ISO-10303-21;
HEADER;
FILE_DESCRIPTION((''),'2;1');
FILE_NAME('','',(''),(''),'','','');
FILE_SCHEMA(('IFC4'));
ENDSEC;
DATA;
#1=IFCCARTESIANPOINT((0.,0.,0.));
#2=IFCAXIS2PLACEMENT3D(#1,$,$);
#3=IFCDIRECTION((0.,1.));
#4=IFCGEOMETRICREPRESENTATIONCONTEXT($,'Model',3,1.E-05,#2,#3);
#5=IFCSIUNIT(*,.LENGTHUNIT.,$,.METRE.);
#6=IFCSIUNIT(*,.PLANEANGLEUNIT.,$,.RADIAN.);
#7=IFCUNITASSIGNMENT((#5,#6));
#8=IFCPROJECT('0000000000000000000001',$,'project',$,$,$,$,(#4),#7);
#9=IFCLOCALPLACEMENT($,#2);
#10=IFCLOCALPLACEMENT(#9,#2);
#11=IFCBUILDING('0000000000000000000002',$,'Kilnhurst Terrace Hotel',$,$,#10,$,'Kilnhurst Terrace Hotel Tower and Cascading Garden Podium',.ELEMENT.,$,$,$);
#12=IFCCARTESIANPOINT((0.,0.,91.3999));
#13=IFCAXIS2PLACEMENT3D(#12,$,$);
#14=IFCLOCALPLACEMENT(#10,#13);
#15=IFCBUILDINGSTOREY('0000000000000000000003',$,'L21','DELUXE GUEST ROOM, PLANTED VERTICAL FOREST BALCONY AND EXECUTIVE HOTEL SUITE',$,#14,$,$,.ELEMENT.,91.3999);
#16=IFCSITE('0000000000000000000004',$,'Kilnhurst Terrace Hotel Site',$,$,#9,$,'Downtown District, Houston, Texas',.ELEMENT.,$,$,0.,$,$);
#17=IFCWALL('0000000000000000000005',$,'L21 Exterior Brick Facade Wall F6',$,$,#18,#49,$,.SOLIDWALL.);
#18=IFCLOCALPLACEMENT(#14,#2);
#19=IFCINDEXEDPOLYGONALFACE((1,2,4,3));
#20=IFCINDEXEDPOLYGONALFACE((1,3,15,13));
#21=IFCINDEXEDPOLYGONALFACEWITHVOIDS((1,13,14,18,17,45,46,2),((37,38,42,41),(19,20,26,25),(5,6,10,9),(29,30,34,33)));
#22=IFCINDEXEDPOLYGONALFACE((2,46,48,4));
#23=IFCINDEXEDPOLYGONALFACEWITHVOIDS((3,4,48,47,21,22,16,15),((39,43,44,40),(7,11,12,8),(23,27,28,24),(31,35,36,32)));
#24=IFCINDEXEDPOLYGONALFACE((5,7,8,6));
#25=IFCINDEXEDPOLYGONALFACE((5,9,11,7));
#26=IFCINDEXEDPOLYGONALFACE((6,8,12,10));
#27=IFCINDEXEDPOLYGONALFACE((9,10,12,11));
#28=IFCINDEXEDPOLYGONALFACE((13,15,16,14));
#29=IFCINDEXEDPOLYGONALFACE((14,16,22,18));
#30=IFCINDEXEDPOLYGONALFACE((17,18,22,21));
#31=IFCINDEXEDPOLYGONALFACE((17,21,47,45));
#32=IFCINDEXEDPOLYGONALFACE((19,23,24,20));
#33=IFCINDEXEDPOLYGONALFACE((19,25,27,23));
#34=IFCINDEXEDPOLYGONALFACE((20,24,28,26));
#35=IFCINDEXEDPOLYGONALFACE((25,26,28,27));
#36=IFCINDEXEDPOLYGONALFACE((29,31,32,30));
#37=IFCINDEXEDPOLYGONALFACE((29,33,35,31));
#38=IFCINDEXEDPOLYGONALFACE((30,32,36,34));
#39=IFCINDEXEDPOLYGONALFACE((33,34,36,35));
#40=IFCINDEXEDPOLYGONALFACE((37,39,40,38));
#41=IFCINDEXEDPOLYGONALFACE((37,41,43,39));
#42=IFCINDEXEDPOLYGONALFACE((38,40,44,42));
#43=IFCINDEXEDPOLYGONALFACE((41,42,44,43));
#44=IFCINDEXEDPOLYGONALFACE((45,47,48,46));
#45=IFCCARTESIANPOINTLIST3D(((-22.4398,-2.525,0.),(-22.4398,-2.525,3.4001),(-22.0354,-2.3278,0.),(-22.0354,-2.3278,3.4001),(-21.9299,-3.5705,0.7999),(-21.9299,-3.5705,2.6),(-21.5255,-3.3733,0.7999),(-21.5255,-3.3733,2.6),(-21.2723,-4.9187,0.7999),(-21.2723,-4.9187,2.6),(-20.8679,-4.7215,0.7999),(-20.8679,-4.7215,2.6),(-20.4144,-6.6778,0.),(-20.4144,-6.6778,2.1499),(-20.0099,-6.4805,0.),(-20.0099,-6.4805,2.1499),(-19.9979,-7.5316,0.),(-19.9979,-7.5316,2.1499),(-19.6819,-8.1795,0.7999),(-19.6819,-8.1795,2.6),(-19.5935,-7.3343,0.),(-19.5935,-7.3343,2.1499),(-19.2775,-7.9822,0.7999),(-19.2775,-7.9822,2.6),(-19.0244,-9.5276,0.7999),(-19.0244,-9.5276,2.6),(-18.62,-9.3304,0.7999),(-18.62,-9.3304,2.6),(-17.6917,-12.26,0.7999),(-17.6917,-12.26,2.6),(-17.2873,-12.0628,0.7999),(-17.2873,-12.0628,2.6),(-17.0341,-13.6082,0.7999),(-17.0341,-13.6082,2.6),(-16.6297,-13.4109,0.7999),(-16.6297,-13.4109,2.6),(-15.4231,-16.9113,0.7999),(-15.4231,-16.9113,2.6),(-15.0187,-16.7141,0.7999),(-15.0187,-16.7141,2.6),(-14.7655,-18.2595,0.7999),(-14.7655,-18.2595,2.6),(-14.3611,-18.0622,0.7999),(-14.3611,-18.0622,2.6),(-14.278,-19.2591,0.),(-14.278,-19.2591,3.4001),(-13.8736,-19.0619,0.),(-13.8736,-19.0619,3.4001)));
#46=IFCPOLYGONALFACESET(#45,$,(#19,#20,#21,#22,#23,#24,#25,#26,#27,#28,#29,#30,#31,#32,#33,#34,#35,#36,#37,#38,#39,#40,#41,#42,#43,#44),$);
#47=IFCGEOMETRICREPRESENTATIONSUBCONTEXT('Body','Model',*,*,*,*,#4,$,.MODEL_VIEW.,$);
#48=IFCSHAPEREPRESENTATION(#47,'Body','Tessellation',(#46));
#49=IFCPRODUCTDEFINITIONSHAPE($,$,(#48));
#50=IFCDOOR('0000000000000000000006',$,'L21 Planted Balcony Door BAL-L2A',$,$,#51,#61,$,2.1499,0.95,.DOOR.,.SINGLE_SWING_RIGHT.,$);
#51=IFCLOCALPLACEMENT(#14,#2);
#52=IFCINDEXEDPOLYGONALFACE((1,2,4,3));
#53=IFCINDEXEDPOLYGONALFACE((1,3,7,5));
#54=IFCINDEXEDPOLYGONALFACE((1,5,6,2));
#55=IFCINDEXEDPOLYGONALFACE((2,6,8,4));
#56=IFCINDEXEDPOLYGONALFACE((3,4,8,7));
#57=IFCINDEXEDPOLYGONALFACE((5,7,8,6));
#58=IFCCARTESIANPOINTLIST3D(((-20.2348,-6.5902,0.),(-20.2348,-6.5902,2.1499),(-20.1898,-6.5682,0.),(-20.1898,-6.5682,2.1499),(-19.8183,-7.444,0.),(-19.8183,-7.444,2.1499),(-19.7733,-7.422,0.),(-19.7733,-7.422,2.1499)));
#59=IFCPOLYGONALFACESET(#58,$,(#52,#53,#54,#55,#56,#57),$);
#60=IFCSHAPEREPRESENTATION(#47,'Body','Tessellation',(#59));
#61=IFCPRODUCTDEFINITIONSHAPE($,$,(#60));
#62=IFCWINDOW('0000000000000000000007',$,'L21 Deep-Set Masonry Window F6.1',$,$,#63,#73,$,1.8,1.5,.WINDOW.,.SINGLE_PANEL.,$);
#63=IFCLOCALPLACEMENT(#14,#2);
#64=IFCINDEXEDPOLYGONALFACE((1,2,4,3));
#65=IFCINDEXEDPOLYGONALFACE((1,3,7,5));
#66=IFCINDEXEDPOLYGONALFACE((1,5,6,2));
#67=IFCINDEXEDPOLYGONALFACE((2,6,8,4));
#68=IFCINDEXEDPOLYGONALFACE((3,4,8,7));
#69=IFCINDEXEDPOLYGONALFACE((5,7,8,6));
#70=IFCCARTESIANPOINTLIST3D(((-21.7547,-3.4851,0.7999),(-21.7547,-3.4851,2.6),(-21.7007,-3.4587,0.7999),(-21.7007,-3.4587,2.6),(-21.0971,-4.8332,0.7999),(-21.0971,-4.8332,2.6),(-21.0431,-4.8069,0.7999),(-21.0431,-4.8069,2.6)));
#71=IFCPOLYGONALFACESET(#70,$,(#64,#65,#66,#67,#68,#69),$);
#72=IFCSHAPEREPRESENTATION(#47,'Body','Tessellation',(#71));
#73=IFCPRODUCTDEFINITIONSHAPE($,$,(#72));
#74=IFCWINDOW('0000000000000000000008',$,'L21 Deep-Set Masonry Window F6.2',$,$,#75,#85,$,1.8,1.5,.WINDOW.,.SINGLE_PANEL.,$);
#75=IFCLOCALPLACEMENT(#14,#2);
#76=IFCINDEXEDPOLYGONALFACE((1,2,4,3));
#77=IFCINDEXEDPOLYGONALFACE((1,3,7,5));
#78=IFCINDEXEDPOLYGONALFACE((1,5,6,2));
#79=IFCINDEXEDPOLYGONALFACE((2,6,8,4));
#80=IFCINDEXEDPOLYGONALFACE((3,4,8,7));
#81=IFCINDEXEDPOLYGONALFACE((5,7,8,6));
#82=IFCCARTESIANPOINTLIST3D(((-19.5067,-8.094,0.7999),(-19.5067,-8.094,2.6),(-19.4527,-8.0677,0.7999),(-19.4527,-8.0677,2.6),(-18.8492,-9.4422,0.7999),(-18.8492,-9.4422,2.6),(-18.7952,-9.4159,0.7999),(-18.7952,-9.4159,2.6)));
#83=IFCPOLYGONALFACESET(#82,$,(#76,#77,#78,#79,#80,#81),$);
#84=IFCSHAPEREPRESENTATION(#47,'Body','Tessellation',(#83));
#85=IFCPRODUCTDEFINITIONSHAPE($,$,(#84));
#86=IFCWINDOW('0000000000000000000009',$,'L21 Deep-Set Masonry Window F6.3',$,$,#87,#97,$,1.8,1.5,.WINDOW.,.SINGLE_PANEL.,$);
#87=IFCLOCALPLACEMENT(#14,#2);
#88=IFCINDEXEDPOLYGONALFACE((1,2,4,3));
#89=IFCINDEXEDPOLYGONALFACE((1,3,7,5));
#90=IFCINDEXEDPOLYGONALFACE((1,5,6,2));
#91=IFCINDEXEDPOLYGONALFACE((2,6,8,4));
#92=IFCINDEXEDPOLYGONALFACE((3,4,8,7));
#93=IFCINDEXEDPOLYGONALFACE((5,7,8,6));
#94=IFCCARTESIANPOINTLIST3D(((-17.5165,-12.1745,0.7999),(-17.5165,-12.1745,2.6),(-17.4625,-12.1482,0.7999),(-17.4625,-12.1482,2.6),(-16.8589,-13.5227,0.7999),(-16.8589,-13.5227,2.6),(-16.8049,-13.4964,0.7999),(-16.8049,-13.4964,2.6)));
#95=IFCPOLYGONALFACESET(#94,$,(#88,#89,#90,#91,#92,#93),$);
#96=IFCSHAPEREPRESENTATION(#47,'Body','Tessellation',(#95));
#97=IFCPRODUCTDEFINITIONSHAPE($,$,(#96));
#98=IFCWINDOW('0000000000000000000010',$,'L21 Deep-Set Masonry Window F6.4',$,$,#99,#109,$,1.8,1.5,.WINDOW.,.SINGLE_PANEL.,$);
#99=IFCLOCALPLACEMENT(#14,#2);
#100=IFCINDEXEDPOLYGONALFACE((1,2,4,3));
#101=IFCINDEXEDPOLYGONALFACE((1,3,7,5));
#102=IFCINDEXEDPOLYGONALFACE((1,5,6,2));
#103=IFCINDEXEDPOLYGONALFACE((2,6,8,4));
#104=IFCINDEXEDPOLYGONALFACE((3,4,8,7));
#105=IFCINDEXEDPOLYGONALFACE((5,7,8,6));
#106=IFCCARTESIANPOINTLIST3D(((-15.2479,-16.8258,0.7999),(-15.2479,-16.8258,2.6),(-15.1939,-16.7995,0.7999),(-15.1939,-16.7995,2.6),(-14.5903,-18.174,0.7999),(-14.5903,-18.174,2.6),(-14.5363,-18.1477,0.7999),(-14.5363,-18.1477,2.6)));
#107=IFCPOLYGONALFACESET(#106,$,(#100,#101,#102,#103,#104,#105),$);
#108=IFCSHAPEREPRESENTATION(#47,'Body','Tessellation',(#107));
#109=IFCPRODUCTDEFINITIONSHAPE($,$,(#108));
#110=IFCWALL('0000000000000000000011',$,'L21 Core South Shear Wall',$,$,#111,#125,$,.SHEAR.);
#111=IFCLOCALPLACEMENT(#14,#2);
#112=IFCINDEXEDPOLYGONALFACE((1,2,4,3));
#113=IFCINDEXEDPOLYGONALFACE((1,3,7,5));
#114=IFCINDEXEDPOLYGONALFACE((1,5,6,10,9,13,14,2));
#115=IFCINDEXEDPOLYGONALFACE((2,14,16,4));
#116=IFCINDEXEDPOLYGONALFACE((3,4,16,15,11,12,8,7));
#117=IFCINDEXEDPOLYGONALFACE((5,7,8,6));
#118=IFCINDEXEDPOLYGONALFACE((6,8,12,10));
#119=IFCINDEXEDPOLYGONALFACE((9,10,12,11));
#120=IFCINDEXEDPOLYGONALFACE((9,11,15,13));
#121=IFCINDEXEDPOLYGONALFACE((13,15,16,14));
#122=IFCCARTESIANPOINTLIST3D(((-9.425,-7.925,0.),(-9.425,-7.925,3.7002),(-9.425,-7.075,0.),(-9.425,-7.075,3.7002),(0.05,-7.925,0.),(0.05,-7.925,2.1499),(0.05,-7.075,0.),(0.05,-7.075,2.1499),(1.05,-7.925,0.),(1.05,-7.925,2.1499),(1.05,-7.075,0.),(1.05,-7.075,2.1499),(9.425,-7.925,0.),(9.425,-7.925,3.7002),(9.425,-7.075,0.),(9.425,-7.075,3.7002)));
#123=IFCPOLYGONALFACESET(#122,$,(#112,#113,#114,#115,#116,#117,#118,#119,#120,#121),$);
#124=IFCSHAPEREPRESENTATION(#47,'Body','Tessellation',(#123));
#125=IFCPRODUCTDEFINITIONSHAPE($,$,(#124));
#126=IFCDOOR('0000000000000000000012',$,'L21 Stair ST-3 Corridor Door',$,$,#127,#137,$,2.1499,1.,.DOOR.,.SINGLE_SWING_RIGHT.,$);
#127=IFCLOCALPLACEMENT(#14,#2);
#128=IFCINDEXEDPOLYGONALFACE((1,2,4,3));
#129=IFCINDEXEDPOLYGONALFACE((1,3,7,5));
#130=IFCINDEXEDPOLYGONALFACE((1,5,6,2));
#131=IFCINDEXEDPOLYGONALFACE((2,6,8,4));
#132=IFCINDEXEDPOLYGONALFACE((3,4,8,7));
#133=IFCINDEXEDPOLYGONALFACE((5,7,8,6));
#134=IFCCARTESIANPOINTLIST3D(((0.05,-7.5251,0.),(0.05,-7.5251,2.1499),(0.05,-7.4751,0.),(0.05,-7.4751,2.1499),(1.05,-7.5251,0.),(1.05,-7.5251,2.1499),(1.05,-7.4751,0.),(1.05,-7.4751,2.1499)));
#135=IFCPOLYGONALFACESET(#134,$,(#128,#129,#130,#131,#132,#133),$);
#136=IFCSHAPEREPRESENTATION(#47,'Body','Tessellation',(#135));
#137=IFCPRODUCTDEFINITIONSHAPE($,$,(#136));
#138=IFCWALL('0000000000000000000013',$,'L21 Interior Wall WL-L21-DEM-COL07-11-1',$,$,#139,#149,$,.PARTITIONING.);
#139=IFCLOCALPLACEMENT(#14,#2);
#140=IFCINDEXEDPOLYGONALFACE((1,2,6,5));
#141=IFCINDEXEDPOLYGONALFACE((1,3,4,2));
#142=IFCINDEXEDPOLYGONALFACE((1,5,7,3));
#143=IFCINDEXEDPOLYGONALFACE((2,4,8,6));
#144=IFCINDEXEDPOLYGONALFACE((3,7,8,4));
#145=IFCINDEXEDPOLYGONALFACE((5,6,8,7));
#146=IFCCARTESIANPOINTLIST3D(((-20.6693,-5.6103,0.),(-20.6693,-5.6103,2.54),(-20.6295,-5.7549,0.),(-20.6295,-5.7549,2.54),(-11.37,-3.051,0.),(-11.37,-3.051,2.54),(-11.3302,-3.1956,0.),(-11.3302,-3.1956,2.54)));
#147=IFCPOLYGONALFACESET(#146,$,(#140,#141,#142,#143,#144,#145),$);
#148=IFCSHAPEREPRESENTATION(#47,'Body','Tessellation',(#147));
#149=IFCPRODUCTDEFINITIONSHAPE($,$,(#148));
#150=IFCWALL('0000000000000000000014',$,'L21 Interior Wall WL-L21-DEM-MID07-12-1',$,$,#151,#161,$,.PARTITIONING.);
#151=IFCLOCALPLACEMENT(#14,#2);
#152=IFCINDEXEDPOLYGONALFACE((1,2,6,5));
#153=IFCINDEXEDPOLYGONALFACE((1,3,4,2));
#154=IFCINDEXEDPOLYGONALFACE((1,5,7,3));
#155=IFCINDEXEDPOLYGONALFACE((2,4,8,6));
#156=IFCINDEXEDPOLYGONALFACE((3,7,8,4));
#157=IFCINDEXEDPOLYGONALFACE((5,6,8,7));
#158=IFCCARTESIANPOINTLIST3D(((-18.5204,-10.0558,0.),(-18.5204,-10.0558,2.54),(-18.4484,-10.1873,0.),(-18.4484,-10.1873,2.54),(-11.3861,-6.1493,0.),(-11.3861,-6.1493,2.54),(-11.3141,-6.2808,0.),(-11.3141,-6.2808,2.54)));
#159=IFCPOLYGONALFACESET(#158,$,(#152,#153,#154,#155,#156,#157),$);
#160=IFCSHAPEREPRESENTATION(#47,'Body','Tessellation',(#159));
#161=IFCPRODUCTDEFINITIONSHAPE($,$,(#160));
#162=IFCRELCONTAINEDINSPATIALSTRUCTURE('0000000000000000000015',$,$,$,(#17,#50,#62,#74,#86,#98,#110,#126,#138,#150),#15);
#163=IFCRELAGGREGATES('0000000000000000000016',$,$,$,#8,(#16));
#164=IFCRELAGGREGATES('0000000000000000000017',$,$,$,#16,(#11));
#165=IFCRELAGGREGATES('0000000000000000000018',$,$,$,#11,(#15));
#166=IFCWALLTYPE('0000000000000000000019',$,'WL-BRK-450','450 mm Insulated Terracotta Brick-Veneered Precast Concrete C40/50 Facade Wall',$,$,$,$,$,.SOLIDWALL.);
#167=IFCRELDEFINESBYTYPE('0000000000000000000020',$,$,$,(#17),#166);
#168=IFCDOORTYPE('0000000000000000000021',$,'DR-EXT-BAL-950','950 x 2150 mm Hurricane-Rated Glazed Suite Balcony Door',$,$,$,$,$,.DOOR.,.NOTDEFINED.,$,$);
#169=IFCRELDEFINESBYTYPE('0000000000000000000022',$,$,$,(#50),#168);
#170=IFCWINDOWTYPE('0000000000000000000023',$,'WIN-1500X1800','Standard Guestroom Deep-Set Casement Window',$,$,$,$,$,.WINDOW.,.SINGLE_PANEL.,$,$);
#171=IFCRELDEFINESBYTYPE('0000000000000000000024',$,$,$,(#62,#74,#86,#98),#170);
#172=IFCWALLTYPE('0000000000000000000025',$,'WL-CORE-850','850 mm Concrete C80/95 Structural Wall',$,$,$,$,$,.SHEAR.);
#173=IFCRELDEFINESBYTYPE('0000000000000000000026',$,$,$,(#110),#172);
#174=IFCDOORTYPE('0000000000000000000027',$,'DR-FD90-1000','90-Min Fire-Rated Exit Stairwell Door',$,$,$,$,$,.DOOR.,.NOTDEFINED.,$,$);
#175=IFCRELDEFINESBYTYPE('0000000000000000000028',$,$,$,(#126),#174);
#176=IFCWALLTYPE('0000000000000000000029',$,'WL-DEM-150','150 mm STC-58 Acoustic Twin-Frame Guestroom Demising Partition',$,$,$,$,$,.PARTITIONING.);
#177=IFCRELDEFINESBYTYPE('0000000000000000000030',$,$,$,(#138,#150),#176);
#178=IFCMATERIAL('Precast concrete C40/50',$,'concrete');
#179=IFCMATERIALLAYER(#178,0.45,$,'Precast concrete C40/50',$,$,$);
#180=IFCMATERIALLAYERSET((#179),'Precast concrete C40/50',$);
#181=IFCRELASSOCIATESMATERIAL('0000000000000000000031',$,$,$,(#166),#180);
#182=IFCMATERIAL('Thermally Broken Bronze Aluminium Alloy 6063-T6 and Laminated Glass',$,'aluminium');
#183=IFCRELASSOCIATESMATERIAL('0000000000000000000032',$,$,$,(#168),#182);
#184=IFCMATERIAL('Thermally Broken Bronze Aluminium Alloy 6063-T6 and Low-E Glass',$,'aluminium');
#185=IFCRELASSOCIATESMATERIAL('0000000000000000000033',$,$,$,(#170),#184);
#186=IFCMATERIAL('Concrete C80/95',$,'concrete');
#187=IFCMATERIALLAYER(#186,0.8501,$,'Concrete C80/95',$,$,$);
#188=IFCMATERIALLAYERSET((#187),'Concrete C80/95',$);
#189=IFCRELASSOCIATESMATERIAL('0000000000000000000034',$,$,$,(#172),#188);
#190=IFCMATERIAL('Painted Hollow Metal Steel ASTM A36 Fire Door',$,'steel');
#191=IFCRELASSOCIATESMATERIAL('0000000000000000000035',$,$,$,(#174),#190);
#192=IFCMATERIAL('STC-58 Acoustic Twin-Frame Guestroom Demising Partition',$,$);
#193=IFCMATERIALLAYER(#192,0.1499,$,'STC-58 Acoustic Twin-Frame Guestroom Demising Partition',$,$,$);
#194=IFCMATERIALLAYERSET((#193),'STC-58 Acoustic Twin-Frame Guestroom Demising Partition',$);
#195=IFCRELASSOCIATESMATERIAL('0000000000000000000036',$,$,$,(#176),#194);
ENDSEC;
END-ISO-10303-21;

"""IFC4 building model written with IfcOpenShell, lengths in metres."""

from ifc_helpers import new_model, si_unit, direction, frame, frame_2d, origin, place, context, subcontext, project, spatial, rectangle, extrude, material, layer, layer_set, type_object, element, fill, save


model = new_model("IFC4")

# Units and contexts
model_context = context("Model", 3, precision=1e-05, world=origin(), true_north=direction((0.0, 1.0)))
body_context = subcontext(model_context, "Body", "Model", "MODEL_VIEW")
ifc_project = project(units=[si_unit("LENGTHUNIT", "METRE"), si_unit("PLANEANGLEUNIT", "RADIAN")], contexts=[model_context])

# Site, building, storey
site_placement = place(None, origin())
site = spatial("IfcSite", under=ifc_project, at=site_placement, Name="Kilnhurst Terrace Hotel Site", LongName="Downtown District, Houston, Texas", CompositionType="ELEMENT", RefElevation=0.0)
building_placement = place(site_placement, origin())
building = spatial("IfcBuilding", under=site, at=building_placement, Name="Kilnhurst Terrace Hotel", LongName="Kilnhurst Terrace Hotel Tower and Cascading Garden Podium", CompositionType="ELEMENT")
storey_placement = place(building_placement, frame((0.0, 0.0, 91.3999)))
storey = spatial("IfcBuildingStorey", under=building, at=storey_placement, Name="L21", Description="DELUXE GUEST ROOM, PLANTED VERTICAL FOREST BALCONY AND EXECUTIVE HOTEL SUITE", CompositionType="ELEMENT", Elevation=91.3999)

# Shared definitions
ifc_material_1 = material(Name="Concrete C80/95", Category="concrete")

# Shared definitions
ifc_material_2 = material(Name="Precast concrete C40/50", Category="concrete")
ifc_layer_1 = layer(ifc_material_2, 0.45, Name="Precast concrete C40/50")
ifc_layer_set_1 = layer_set([ifc_layer_1], Name="Precast concrete C40/50")
wall_type_1 = type_object("IfcWallType", Name="WL-BRK-450", Description="450 mm Insulated Terracotta Brick-Veneered Precast Concrete C40/50 Facade Wall", PredefinedType="SOLIDWALL", material=ifc_layer_set_1)

# Wall, openings, door, windows
wall_1_placement = place(storey_placement, frame((-22.2375, -2.4265, 0.0), z_axis=(0.0, 0.0, 1.0), x_axis=(0.438375, -0.898792, 0.0)))
wall_1 = element("IfcWall", 1, at=wall_1_placement, inside=storey, type_object=wall_type_1, Name="L21 Exterior Brick Facade Wall F6", PredefinedType="SOLIDWALL", context=body_context, shape_type="SweptSolid", body=[
    extrude(rectangle(XDim=18.6184, YDim=0.45, at=frame_2d((9.3091, 0.0))), origin(), (0.0, 0.0, 1.0), 3.4001),
])
opening_1_placement = place(wall_1_placement, frame((4.6201, 0.0, 0.0)))
opening_1 = element("IfcOpeningElement", 2, at=opening_1_placement, cuts=wall_1, PredefinedType="OPENING", context=body_context, shape_type="SweptSolid", body=[
    extrude(rectangle(XDim=0.95, YDim=2.1499, at=frame_2d((0.4751, 1.075))), frame((0.0, 0.2349, 0.0), z_axis=(0.0, -1.0, 0.0), x_axis=(1.0, 0.0, 0.0)), (0.0, 0.0, 1.0), 0.47),
])
opening_2_placement = place(wall_1_placement, frame((1.1631, 0.0, 0.8)))
opening_2 = element("IfcOpeningElement", 3, at=opening_2_placement, cuts=wall_1, PredefinedType="OPENING", context=body_context, shape_type="SweptSolid", body=[
    extrude(rectangle(XDim=1.5, YDim=1.8, at=frame_2d((0.75, 0.8999))), frame((0.0, 0.2349, 0.0), z_axis=(0.0, -1.0, 0.0), x_axis=(1.0, 0.0, 0.0)), (0.0, 0.0, 1.0), 0.47),
])
opening_3_placement = place(wall_1_placement, frame((6.291, 0.0, 0.8)))
opening_3 = element("IfcOpeningElement", 4, at=opening_3_placement, cuts=wall_1, PredefinedType="OPENING", context=body_context, shape_type="SweptSolid", body=[
    extrude(rectangle(XDim=1.5, YDim=1.8, at=frame_2d((0.75, 0.8999))), frame((0.0, 0.2349, 0.0), z_axis=(0.0, -1.0, 0.0), x_axis=(1.0, 0.0, 0.0)), (0.0, 0.0, 1.0), 0.47),
])
opening_4_placement = place(wall_1_placement, frame((10.8311, 0.0, 0.8)))
opening_4 = element("IfcOpeningElement", 5, at=opening_4_placement, cuts=wall_1, PredefinedType="OPENING", context=body_context, shape_type="SweptSolid", body=[
    extrude(rectangle(XDim=1.5, YDim=1.8, at=frame_2d((0.75, 0.8999))), frame((0.0, 0.2349, 0.0), z_axis=(0.0, -1.0, 0.0), x_axis=(1.0, 0.0, 0.0)), (0.0, 0.0, 1.0), 0.47),
])
opening_5_placement = place(wall_1_placement, frame((16.0061, 0.0, 0.8)))
opening_5 = element("IfcOpeningElement", 6, at=opening_5_placement, cuts=wall_1, PredefinedType="OPENING", context=body_context, shape_type="SweptSolid", body=[
    extrude(rectangle(XDim=1.5, YDim=1.8, at=frame_2d((0.75, 0.8999))), frame((0.0, 0.2349, 0.0), z_axis=(0.0, -1.0, 0.0), x_axis=(1.0, 0.0, 0.0)), (0.0, 0.0, 1.0), 0.47),
])
ifc_material_3 = material(Name="Thermally Broken Bronze Aluminium Alloy 6063-T6 and Laminated Glass", Category="aluminium")
door_type_1 = type_object("IfcDoorType", Name="DR-EXT-BAL-950", Description="950 x 2150 mm Hurricane-Rated Glazed Suite Balcony Door", OperationType="NOTDEFINED", PredefinedType="DOOR", material=ifc_material_3)
door_1_placement = place(opening_1_placement, origin())
door_1 = element("IfcDoor", 7, at=door_1_placement, inside=storey, type_object=door_type_1, Name="L21 Planted Balcony Door BAL-L2A", OperationType="SINGLE_SWING_RIGHT", OverallHeight=2.1499, OverallWidth=0.95, PredefinedType="DOOR", context=body_context, shape_type="SweptSolid", body=[
    extrude(rectangle(XDim=0.95, YDim=2.1499, at=frame_2d((0.4751, 1.075))), frame((0.0, 0.0249, 0.0), z_axis=(0.0, -1.0, 0.0), x_axis=(1.0, 0.0, 0.0)), (0.0, 0.0, 1.0), 0.05),
])
fill(opening_1, door_1)
ifc_material_4 = material(Name="Thermally Broken Bronze Aluminium Alloy 6063-T6 and Low-E Glass", Category="aluminium")
window_type = type_object("IfcWindowType", Name="WIN-1500X1800", Description="Standard Guestroom Deep-Set Casement Window", PartitioningType="SINGLE_PANEL", PredefinedType="WINDOW", material=ifc_material_4)
window_1_placement = place(opening_2_placement, origin())
window_1 = element("IfcWindow", 8, at=window_1_placement, inside=storey, type_object=window_type, Name="L21 Deep-Set Masonry Window F6.1", OverallHeight=1.8, OverallWidth=1.5, PartitioningType="SINGLE_PANEL", PredefinedType="WINDOW", context=body_context, shape_type="SweptSolid", body=[
    extrude(rectangle(XDim=1.5, YDim=1.8, at=frame_2d((0.75, 0.8999))), frame((0.0, 0.03, 0.0), z_axis=(0.0, -1.0, 0.0), x_axis=(1.0, 0.0, 0.0)), (0.0, 0.0, 1.0), 0.0601),
])
fill(opening_2, window_1)
window_2_placement = place(opening_3_placement, origin())
window_2 = element("IfcWindow", 9, at=window_2_placement, inside=storey, type_object=window_type, Name="L21 Deep-Set Masonry Window F6.2", OverallHeight=1.8, OverallWidth=1.5, PartitioningType="SINGLE_PANEL", PredefinedType="WINDOW", context=body_context, shape_type="SweptSolid", body=[
    extrude(rectangle(XDim=1.5, YDim=1.8, at=frame_2d((0.75, 0.8999))), frame((0.0, 0.03, 0.0), z_axis=(0.0, -1.0, 0.0), x_axis=(1.0, 0.0, 0.0)), (0.0, 0.0, 1.0), 0.0601),
])
fill(opening_3, window_2)
window_3_placement = place(opening_4_placement, origin())
window_3 = element("IfcWindow", 10, at=window_3_placement, inside=storey, type_object=window_type, Name="L21 Deep-Set Masonry Window F6.3", OverallHeight=1.8, OverallWidth=1.5, PartitioningType="SINGLE_PANEL", PredefinedType="WINDOW", context=body_context, shape_type="SweptSolid", body=[
    extrude(rectangle(XDim=1.5, YDim=1.8, at=frame_2d((0.75, 0.8999))), frame((0.0, 0.03, 0.0), z_axis=(0.0, -1.0, 0.0), x_axis=(1.0, 0.0, 0.0)), (0.0, 0.0, 1.0), 0.0601),
])
fill(opening_4, window_3)
window_4_placement = place(opening_5_placement, origin())
window_4 = element("IfcWindow", 11, at=window_4_placement, inside=storey, type_object=window_type, Name="L21 Deep-Set Masonry Window F6.4", OverallHeight=1.8, OverallWidth=1.5, PartitioningType="SINGLE_PANEL", PredefinedType="WINDOW", context=body_context, shape_type="SweptSolid", body=[
    extrude(rectangle(XDim=1.5, YDim=1.8, at=frame_2d((0.75, 0.8999))), frame((0.0, 0.03, 0.0), z_axis=(0.0, -1.0, 0.0), x_axis=(1.0, 0.0, 0.0)), (0.0, 0.0, 1.0), 0.0601),
])
fill(opening_5, window_4)

# Wall, opening, door
ifc_layer_2 = layer(ifc_material_1, 0.8501, Name="Concrete C80/95")
ifc_layer_set_2 = layer_set([ifc_layer_2], Name="Concrete C80/95")
wall_type_2 = type_object("IfcWallType", Name="WL-CORE-850", Description="850 mm Concrete C80/95 Structural Wall", PredefinedType="SHEAR", material=ifc_layer_set_2)
wall_2_placement = place(storey_placement, frame((-9.425, -7.5, 0.0), z_axis=(0.0, 0.0, 1.0), x_axis=(1.0, 0.0, 0.0)))
wall_2 = element("IfcWall", 12, at=wall_2_placement, inside=storey, type_object=wall_type_2, Name="L21 Core South Shear Wall", PredefinedType="SHEAR", context=body_context, shape_type="SweptSolid", body=[
    extrude(rectangle(XDim=18.8501, YDim=0.8501, at=frame_2d((9.425, 0.0))), origin(), (0.0, 0.0, 1.0), 3.7002),
])
opening_6_placement = place(wall_2_placement, frame((9.4751, 0.0, 0.0)))
opening_6 = element("IfcOpeningElement", 13, at=opening_6_placement, cuts=wall_2, PredefinedType="OPENING", context=body_context, shape_type="SweptSolid", body=[
    extrude(rectangle(XDim=1.0, YDim=2.1499, at=frame_2d((0.5, 1.075))), frame((0.0, 0.4351, 0.0), z_axis=(0.0, -1.0, 0.0), x_axis=(1.0, 0.0, 0.0)), (0.0, 0.0, 1.0), 0.8701),
])
ifc_material_5 = material(Name="Painted Hollow Metal Steel ASTM A36 Fire Door", Category="steel")
door_type_2 = type_object("IfcDoorType", Name="DR-FD90-1000", Description="90-Min Fire-Rated Exit Stairwell Door", OperationType="NOTDEFINED", PredefinedType="DOOR", material=ifc_material_5)
door_2_placement = place(opening_6_placement, origin())
door_2 = element("IfcDoor", 14, at=door_2_placement, inside=storey, type_object=door_type_2, Name="L21 Stair ST-3 Corridor Door", OperationType="SINGLE_SWING_RIGHT", OverallHeight=2.1499, OverallWidth=1.0, PredefinedType="DOOR", context=body_context, shape_type="SweptSolid", body=[
    extrude(rectangle(XDim=1.0, YDim=2.1499, at=frame_2d((0.5, 1.075))), frame((0.0, 0.0249, 0.0), z_axis=(0.0, -1.0, 0.0), x_axis=(1.0, 0.0, 0.0)), (0.0, 0.0, 1.0), 0.05),
])
fill(opening_6, door_2)

# Walls
ifc_material_6 = material(Name="STC-58 Acoustic Twin-Frame Guestroom Demising Partition")
ifc_layer_3 = layer(ifc_material_6, 0.1499, Name="STC-58 Acoustic Twin-Frame Guestroom Demising Partition")
ifc_layer_set_3 = layer_set([ifc_layer_3], Name="STC-58 Acoustic Twin-Frame Guestroom Demising Partition")
wall_type_3 = type_object("IfcWallType", Name="WL-DEM-150", Description="150 mm STC-58 Acoustic Twin-Frame Guestroom Demising Partition", PredefinedType="PARTITIONING", material=ifc_layer_set_3)
wall_3_placement = place(storey_placement, frame((-11.3501, -3.1233, 0.0), z_axis=(0.0, 0.0, 1.0), x_axis=(-0.964152, -0.265351, 0.0)))
element("IfcWall", 15, at=wall_3_placement, inside=storey, type_object=wall_type_3, Name="L21 Interior Wall WL-L21-DEM-COL07-11-1", PredefinedType="PARTITIONING", context=body_context, shape_type="SweptSolid", body=[
    extrude(rectangle(XDim=9.645, YDim=0.1499, at=frame_2d((4.8225, 0.0))), origin(), (0.0, 0.0, 1.0), 2.54),
])
wall_4_placement = place(storey_placement, frame((-11.3501, -6.2151, 0.0), z_axis=(0.0, 0.0, 1.0), x_axis=(-0.877116, -0.480279, 0.0)))
element("IfcWall", 16, at=wall_4_placement, inside=storey, type_object=wall_type_3, Name="L21 Interior Wall WL-L21-DEM-MID07-12-1", PredefinedType="PARTITIONING", context=body_context, shape_type="SweptSolid", body=[
    extrude(rectangle(XDim=8.1338, YDim=0.1499, at=frame_2d((4.0669, 0.0))), origin(), (0.0, 0.0, 1.0), 2.54),
])

save(model, "model.ifc")
